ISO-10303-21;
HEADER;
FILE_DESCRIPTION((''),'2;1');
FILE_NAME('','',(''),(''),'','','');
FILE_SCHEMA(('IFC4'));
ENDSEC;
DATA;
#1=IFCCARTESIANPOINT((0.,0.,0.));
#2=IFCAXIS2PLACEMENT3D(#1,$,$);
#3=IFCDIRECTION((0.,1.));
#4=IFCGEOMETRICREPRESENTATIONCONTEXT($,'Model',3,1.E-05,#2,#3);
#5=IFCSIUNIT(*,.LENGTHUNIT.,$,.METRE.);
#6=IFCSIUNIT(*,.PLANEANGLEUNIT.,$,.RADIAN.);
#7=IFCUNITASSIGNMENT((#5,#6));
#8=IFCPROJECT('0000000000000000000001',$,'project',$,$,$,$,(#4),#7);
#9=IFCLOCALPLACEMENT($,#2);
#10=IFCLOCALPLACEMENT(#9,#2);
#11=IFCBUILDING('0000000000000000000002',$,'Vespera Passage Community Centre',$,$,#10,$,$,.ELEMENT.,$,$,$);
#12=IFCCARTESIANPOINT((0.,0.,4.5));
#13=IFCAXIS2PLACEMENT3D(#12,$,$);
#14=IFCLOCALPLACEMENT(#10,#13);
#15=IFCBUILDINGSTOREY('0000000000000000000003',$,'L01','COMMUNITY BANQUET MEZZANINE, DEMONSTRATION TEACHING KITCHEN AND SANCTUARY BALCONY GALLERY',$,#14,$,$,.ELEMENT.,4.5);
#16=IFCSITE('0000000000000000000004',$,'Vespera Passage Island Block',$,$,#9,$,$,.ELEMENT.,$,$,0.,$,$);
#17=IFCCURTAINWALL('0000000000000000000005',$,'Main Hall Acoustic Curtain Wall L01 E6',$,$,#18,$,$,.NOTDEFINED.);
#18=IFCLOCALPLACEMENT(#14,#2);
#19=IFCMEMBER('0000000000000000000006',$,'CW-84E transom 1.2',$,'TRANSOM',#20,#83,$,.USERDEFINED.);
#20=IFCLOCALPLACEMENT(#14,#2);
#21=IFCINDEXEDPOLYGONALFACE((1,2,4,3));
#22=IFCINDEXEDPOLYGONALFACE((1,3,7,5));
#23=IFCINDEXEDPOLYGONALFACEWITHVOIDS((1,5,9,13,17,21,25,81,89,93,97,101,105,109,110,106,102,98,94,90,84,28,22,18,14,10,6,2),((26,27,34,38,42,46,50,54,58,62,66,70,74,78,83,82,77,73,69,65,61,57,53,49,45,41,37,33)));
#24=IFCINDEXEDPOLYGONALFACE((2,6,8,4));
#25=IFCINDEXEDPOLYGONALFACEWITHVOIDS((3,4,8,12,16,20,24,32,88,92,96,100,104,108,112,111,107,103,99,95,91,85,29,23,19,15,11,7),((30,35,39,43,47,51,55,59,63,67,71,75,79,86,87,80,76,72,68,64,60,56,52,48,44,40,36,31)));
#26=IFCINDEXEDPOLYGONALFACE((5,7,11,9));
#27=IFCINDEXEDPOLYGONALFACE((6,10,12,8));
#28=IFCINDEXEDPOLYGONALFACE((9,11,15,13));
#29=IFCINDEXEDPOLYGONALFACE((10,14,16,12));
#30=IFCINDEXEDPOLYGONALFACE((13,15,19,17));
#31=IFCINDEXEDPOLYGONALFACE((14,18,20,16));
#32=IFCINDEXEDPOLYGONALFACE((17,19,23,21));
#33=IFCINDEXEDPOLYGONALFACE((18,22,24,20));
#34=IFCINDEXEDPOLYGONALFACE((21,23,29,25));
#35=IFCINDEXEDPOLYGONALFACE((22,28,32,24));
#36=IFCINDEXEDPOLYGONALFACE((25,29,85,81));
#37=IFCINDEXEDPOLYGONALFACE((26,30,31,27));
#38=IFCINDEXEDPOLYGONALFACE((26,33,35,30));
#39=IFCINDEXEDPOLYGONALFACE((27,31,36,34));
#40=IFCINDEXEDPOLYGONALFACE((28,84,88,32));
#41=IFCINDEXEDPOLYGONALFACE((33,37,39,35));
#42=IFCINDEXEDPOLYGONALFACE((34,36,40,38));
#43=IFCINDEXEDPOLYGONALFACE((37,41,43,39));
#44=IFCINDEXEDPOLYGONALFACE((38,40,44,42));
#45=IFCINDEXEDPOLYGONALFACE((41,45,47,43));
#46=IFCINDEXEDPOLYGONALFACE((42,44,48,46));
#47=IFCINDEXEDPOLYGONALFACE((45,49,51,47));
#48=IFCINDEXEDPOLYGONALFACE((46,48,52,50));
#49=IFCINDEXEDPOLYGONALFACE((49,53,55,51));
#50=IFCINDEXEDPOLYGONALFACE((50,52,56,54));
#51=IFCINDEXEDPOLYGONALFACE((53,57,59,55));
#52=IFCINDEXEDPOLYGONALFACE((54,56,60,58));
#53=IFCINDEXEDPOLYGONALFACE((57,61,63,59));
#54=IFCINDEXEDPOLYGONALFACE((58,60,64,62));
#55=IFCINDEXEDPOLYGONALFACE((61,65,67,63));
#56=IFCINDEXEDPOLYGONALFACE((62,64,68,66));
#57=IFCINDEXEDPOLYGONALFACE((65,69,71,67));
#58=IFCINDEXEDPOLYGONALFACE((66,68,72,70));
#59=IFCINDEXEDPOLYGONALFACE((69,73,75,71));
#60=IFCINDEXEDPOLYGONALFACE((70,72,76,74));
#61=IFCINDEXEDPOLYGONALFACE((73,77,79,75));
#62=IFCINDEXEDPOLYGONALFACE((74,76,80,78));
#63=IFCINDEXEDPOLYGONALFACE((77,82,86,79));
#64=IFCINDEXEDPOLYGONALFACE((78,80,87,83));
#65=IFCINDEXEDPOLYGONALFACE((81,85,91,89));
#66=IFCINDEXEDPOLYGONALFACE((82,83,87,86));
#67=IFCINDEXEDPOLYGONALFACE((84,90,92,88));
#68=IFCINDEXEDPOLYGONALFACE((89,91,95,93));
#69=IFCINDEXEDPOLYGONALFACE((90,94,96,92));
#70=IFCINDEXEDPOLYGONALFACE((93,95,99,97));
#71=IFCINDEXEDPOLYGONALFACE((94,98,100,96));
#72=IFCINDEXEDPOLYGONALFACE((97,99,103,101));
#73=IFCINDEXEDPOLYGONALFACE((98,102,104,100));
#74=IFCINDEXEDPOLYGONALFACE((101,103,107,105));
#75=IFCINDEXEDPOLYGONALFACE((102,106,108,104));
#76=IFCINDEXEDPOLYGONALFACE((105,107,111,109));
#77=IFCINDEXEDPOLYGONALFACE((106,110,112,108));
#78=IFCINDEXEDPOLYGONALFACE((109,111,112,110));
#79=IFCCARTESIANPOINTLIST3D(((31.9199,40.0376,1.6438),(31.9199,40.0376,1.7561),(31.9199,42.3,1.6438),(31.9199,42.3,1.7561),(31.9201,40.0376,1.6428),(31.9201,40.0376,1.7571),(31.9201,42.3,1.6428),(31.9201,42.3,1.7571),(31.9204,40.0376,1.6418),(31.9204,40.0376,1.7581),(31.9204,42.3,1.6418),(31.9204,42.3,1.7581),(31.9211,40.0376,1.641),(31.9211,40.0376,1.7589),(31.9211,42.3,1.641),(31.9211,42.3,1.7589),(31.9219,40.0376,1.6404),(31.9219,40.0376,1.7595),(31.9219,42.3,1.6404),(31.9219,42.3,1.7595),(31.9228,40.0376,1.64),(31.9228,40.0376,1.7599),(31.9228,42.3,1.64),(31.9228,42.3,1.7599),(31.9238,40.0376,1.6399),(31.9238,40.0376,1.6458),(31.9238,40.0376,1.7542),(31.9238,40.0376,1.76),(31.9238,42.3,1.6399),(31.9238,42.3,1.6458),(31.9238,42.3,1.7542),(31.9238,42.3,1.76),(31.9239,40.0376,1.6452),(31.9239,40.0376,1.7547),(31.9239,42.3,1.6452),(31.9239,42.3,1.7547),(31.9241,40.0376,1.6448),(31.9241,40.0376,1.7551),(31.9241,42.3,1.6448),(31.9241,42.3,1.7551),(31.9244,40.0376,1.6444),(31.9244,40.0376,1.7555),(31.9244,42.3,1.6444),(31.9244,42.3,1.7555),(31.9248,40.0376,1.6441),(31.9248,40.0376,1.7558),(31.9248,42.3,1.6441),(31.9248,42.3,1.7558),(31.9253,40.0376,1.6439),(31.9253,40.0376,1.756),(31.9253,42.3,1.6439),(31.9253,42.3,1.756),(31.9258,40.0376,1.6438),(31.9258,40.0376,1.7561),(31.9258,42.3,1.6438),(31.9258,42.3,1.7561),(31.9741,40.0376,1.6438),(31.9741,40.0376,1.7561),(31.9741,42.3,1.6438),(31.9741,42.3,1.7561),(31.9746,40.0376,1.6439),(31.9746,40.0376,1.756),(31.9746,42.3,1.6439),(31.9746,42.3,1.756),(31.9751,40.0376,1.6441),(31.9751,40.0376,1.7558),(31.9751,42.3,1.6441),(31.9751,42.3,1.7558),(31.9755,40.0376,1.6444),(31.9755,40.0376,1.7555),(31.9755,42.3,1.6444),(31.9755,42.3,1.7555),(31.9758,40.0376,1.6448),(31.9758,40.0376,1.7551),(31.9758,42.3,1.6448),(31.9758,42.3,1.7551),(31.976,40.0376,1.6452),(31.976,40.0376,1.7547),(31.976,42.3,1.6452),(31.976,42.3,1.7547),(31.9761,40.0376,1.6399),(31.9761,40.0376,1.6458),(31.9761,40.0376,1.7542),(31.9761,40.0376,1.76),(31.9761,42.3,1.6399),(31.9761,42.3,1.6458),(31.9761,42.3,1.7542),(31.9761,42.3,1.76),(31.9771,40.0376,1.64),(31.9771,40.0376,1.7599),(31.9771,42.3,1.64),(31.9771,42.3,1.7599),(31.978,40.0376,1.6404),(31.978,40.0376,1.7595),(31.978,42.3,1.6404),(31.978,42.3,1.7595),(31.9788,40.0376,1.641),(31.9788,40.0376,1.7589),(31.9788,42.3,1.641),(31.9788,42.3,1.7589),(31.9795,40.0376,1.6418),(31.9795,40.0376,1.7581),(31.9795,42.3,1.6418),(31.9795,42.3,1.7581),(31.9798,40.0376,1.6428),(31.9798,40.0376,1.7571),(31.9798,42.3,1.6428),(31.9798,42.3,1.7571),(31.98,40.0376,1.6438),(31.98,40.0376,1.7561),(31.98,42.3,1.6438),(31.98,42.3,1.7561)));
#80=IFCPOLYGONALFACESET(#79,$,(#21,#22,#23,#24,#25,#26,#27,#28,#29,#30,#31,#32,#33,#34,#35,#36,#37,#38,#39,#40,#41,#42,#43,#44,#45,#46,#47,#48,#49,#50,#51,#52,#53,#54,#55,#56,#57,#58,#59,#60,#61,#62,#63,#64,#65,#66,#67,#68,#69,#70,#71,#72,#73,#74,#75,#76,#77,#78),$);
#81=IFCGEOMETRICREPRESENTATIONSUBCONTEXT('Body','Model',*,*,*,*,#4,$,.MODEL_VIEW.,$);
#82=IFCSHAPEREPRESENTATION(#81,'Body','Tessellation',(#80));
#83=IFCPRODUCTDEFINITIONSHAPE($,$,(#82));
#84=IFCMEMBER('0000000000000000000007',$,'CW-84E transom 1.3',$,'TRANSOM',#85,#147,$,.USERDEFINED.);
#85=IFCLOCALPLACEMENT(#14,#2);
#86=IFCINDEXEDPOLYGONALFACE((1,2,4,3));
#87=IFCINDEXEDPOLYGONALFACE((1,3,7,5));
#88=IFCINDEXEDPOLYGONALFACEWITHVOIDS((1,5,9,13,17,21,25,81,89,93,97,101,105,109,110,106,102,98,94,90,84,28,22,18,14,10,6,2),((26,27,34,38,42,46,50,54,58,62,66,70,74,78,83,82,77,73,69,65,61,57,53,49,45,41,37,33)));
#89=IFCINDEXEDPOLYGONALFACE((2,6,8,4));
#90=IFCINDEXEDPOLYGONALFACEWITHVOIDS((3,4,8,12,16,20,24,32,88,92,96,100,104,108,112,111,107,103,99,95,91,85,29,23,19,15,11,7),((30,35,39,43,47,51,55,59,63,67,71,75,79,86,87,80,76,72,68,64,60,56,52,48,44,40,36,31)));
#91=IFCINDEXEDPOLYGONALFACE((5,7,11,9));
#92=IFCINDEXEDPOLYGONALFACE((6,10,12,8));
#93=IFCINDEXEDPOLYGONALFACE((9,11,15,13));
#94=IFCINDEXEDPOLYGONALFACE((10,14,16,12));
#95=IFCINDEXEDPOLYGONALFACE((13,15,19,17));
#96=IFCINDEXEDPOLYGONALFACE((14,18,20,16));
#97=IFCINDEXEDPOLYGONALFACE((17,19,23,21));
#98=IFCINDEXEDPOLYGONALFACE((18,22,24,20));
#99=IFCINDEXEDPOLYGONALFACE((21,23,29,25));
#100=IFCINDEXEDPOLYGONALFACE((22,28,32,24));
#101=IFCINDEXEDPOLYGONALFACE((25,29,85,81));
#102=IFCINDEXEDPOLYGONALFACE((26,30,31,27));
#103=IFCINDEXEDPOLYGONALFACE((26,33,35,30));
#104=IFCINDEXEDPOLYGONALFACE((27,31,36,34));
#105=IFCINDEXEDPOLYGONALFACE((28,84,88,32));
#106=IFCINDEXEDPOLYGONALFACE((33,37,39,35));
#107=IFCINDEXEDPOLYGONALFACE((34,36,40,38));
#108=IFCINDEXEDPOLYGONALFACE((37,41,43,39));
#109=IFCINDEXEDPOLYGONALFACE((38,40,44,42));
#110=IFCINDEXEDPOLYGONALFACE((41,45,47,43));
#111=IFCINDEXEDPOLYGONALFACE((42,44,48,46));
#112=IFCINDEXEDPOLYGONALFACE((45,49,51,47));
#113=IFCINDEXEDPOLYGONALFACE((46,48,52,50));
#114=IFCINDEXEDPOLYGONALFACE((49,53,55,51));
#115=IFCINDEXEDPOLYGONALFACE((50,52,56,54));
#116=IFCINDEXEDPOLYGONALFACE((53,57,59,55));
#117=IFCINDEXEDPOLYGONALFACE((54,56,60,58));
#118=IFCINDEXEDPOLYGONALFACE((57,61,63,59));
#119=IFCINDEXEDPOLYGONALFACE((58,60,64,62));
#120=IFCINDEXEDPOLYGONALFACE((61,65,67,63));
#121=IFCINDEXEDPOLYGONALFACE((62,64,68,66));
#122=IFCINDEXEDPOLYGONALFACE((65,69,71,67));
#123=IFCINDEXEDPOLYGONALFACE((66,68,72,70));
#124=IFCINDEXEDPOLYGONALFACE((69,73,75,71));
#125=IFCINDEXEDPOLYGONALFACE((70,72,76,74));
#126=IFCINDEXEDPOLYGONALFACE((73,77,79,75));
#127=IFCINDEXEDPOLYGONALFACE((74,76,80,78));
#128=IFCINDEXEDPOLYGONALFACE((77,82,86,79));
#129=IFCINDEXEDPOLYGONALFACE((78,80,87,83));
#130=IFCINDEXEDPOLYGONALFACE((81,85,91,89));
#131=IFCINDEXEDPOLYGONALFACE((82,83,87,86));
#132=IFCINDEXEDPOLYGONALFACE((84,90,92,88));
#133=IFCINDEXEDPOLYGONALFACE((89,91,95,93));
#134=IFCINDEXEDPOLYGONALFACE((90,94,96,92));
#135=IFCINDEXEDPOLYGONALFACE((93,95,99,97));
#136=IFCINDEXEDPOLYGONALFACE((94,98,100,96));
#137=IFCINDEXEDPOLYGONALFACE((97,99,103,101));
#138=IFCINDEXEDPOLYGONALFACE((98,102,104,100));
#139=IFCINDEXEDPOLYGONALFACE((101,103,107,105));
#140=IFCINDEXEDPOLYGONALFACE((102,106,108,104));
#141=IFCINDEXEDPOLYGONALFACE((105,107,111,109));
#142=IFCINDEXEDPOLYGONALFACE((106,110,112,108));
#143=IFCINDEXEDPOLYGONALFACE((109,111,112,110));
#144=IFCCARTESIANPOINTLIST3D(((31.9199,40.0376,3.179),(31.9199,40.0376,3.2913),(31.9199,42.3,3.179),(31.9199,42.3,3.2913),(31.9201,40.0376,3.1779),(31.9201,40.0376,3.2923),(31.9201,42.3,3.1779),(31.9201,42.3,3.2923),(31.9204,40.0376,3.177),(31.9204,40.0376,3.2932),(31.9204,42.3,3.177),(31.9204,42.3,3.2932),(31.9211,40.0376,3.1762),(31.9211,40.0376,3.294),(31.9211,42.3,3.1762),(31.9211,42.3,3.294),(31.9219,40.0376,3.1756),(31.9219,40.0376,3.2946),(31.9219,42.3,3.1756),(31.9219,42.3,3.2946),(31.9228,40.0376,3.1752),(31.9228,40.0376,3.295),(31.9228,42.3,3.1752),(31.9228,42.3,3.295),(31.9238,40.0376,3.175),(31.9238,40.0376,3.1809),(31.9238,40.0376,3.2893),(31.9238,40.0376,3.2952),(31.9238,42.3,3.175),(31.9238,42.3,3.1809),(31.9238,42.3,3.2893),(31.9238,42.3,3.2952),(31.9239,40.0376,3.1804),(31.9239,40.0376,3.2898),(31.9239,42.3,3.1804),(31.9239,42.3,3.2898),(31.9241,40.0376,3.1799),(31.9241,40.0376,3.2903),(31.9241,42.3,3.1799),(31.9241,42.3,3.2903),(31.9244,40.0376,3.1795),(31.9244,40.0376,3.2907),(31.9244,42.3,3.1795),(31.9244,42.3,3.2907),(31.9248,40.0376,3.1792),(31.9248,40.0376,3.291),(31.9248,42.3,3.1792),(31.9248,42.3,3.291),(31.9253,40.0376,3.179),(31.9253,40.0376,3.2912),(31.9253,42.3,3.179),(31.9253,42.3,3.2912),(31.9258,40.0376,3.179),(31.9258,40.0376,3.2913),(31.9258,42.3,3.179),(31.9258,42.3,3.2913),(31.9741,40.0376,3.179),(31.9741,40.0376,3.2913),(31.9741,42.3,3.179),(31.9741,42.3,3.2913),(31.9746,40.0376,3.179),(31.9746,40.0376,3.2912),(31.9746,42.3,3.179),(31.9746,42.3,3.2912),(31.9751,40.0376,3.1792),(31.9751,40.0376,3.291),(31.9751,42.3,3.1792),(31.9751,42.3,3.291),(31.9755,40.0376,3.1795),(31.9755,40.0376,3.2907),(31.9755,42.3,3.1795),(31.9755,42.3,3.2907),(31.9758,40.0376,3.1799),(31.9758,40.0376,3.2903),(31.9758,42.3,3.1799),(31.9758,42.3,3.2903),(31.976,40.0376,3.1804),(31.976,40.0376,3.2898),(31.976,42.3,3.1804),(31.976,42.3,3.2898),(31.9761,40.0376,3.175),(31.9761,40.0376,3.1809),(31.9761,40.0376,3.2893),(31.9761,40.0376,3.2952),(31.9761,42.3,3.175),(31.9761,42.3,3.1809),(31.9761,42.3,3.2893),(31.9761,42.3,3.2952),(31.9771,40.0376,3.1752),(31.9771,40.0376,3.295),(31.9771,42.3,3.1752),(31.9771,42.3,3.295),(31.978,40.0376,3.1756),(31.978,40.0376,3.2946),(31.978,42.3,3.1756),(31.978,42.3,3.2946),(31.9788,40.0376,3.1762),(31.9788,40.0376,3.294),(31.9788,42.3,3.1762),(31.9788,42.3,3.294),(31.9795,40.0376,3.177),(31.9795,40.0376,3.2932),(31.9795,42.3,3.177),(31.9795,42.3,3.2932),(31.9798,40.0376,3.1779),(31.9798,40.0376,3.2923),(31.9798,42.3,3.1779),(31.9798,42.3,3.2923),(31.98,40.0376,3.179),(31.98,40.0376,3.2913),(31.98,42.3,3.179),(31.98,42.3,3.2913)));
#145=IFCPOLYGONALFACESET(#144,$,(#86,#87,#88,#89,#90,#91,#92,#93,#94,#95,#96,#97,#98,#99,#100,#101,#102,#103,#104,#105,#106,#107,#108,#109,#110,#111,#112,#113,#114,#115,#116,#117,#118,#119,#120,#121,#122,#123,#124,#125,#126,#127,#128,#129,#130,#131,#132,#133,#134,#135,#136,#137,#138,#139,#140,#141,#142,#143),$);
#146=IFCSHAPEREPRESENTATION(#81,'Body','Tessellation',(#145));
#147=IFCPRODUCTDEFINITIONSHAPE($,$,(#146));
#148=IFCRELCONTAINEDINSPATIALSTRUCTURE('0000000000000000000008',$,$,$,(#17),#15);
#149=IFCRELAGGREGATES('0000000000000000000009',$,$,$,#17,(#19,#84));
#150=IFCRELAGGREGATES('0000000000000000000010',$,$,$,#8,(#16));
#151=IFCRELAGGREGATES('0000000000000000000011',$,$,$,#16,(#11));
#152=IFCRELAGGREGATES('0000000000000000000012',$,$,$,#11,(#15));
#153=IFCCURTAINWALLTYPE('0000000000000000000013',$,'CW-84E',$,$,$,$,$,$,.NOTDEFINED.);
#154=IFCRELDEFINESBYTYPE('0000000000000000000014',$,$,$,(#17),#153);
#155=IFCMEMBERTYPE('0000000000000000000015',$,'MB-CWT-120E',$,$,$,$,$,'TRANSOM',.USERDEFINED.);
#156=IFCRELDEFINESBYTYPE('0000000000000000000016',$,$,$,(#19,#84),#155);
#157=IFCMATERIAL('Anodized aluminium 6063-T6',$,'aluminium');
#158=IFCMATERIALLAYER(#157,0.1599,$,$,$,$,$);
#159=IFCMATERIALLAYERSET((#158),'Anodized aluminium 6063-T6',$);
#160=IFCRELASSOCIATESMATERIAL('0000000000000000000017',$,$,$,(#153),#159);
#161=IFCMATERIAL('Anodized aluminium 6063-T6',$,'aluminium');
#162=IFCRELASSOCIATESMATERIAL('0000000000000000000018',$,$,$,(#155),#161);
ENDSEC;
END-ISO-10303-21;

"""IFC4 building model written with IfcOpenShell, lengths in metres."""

from ifc_helpers import new_model, si_unit, direction, frame, origin, origin_2d, place, context, subcontext, project, spatial, hollow_rectangle, extrude, material, layer, layer_set, material_profile, profile_set, type_object, element, aggregate, save


model = new_model("IFC4")

# Units and contexts
model_context = context("Model", 3, precision=1e-05, world=origin(), true_north=direction((0.0, 1.0)))
body_context = subcontext(model_context, "Body", "Model", "MODEL_VIEW")
ifc_project = project(units=[si_unit("LENGTHUNIT", "METRE"), si_unit("PLANEANGLEUNIT", "RADIAN")], contexts=[model_context])

# Site, building, storey
site_placement = place(None, origin())
site = spatial("IfcSite", under=ifc_project, at=site_placement, Name="Vespera Passage Island Block", CompositionType="ELEMENT", RefElevation=0.0)
building_placement = place(site_placement, origin())
building = spatial("IfcBuilding", under=site, at=building_placement, Name="Vespera Passage Community Centre", CompositionType="ELEMENT")
storey_placement = place(building_placement, frame((0.0, 0.0, 4.5)))
storey = spatial("IfcBuildingStorey", under=building, at=storey_placement, Name="L01", Description="COMMUNITY BANQUET MEZZANINE, DEMONSTRATION TEACHING KITCHEN AND SANCTUARY BALCONY GALLERY", CompositionType="ELEMENT", Elevation=4.5)

# Curtain wall, members
ifc_material_1 = material(Name="Anodized aluminium 6063-T6", Category="aluminium")
ifc_layer_1 = layer(ifc_material_1, 0.1599)
ifc_layer_set_1 = layer_set([ifc_layer_1], Name="Anodized aluminium 6063-T6")
curtain_wall_type_1 = type_object("IfcCurtainWallType", Name="CW-84E", PredefinedType="NOTDEFINED", material=ifc_layer_set_1)
curtain_wall_1_placement = place(storey_placement, origin())
curtain_wall_1 = element("IfcCurtainWall", 1, at=curtain_wall_1_placement, inside=storey, type_object=curtain_wall_type_1, Name="Main Hall Acoustic Curtain Wall L01 E6", PredefinedType="NOTDEFINED")
ifc_material_2 = material(Name="Anodized aluminium 6063-T6", Category="aluminium")
ifc_material_profile_1 = material_profile(ifc_material_2, hollow_rectangle(XDim=0.0601, YDim=0.1201, WallThickness=0.0039, InnerFilletRadius=0.002, OuterFilletRadius=0.0039, at=origin_2d()), Name="ALU120X60X4")
ifc_profile_set_1 = profile_set([ifc_material_profile_1], Name="Anodized aluminium 6063-T6")
member_type_1 = type_object("IfcMemberType", Name="MB-CWT-120E", ElementType="TRANSOM", PredefinedType="USERDEFINED", material=ifc_profile_set_1)
member_1_placement = place(storey_placement, frame((31.95, 42.3, 1.7), z_axis=(0.0, -1.0, 0.0), x_axis=(1.0, 0.0, 0.0)))
member_1 = element("IfcMember", 2, at=member_1_placement, type_object=member_type_1, Name="CW-84E transom 1.2", ObjectType="TRANSOM", PredefinedType="USERDEFINED", context=body_context, shape_type="SweptSolid", body=[
    extrude(hollow_rectangle(XDim=0.0601, YDim=0.1201, WallThickness=0.0039, InnerFilletRadius=0.002, OuterFilletRadius=0.0039, at=origin_2d()), origin(), (0.0, 0.0, 1.0), 2.2625),
])
member_2_placement = place(storey_placement, frame((31.95, 42.3, 3.2351), z_axis=(0.0, -1.0, 0.0), x_axis=(1.0, 0.0, 0.0)))
member_2 = element("IfcMember", 3, at=member_2_placement, type_object=member_type_1, Name="CW-84E transom 1.3", ObjectType="TRANSOM", PredefinedType="USERDEFINED", context=body_context, shape_type="SweptSolid", body=[
    extrude(hollow_rectangle(XDim=0.0601, YDim=0.1201, WallThickness=0.0039, InnerFilletRadius=0.002, OuterFilletRadius=0.0039, at=origin_2d()), origin(), (0.0, 0.0, 1.0), 2.2625),
])

aggregate(curtain_wall_1, [member_1, member_2])

save(model, "model.ifc")
